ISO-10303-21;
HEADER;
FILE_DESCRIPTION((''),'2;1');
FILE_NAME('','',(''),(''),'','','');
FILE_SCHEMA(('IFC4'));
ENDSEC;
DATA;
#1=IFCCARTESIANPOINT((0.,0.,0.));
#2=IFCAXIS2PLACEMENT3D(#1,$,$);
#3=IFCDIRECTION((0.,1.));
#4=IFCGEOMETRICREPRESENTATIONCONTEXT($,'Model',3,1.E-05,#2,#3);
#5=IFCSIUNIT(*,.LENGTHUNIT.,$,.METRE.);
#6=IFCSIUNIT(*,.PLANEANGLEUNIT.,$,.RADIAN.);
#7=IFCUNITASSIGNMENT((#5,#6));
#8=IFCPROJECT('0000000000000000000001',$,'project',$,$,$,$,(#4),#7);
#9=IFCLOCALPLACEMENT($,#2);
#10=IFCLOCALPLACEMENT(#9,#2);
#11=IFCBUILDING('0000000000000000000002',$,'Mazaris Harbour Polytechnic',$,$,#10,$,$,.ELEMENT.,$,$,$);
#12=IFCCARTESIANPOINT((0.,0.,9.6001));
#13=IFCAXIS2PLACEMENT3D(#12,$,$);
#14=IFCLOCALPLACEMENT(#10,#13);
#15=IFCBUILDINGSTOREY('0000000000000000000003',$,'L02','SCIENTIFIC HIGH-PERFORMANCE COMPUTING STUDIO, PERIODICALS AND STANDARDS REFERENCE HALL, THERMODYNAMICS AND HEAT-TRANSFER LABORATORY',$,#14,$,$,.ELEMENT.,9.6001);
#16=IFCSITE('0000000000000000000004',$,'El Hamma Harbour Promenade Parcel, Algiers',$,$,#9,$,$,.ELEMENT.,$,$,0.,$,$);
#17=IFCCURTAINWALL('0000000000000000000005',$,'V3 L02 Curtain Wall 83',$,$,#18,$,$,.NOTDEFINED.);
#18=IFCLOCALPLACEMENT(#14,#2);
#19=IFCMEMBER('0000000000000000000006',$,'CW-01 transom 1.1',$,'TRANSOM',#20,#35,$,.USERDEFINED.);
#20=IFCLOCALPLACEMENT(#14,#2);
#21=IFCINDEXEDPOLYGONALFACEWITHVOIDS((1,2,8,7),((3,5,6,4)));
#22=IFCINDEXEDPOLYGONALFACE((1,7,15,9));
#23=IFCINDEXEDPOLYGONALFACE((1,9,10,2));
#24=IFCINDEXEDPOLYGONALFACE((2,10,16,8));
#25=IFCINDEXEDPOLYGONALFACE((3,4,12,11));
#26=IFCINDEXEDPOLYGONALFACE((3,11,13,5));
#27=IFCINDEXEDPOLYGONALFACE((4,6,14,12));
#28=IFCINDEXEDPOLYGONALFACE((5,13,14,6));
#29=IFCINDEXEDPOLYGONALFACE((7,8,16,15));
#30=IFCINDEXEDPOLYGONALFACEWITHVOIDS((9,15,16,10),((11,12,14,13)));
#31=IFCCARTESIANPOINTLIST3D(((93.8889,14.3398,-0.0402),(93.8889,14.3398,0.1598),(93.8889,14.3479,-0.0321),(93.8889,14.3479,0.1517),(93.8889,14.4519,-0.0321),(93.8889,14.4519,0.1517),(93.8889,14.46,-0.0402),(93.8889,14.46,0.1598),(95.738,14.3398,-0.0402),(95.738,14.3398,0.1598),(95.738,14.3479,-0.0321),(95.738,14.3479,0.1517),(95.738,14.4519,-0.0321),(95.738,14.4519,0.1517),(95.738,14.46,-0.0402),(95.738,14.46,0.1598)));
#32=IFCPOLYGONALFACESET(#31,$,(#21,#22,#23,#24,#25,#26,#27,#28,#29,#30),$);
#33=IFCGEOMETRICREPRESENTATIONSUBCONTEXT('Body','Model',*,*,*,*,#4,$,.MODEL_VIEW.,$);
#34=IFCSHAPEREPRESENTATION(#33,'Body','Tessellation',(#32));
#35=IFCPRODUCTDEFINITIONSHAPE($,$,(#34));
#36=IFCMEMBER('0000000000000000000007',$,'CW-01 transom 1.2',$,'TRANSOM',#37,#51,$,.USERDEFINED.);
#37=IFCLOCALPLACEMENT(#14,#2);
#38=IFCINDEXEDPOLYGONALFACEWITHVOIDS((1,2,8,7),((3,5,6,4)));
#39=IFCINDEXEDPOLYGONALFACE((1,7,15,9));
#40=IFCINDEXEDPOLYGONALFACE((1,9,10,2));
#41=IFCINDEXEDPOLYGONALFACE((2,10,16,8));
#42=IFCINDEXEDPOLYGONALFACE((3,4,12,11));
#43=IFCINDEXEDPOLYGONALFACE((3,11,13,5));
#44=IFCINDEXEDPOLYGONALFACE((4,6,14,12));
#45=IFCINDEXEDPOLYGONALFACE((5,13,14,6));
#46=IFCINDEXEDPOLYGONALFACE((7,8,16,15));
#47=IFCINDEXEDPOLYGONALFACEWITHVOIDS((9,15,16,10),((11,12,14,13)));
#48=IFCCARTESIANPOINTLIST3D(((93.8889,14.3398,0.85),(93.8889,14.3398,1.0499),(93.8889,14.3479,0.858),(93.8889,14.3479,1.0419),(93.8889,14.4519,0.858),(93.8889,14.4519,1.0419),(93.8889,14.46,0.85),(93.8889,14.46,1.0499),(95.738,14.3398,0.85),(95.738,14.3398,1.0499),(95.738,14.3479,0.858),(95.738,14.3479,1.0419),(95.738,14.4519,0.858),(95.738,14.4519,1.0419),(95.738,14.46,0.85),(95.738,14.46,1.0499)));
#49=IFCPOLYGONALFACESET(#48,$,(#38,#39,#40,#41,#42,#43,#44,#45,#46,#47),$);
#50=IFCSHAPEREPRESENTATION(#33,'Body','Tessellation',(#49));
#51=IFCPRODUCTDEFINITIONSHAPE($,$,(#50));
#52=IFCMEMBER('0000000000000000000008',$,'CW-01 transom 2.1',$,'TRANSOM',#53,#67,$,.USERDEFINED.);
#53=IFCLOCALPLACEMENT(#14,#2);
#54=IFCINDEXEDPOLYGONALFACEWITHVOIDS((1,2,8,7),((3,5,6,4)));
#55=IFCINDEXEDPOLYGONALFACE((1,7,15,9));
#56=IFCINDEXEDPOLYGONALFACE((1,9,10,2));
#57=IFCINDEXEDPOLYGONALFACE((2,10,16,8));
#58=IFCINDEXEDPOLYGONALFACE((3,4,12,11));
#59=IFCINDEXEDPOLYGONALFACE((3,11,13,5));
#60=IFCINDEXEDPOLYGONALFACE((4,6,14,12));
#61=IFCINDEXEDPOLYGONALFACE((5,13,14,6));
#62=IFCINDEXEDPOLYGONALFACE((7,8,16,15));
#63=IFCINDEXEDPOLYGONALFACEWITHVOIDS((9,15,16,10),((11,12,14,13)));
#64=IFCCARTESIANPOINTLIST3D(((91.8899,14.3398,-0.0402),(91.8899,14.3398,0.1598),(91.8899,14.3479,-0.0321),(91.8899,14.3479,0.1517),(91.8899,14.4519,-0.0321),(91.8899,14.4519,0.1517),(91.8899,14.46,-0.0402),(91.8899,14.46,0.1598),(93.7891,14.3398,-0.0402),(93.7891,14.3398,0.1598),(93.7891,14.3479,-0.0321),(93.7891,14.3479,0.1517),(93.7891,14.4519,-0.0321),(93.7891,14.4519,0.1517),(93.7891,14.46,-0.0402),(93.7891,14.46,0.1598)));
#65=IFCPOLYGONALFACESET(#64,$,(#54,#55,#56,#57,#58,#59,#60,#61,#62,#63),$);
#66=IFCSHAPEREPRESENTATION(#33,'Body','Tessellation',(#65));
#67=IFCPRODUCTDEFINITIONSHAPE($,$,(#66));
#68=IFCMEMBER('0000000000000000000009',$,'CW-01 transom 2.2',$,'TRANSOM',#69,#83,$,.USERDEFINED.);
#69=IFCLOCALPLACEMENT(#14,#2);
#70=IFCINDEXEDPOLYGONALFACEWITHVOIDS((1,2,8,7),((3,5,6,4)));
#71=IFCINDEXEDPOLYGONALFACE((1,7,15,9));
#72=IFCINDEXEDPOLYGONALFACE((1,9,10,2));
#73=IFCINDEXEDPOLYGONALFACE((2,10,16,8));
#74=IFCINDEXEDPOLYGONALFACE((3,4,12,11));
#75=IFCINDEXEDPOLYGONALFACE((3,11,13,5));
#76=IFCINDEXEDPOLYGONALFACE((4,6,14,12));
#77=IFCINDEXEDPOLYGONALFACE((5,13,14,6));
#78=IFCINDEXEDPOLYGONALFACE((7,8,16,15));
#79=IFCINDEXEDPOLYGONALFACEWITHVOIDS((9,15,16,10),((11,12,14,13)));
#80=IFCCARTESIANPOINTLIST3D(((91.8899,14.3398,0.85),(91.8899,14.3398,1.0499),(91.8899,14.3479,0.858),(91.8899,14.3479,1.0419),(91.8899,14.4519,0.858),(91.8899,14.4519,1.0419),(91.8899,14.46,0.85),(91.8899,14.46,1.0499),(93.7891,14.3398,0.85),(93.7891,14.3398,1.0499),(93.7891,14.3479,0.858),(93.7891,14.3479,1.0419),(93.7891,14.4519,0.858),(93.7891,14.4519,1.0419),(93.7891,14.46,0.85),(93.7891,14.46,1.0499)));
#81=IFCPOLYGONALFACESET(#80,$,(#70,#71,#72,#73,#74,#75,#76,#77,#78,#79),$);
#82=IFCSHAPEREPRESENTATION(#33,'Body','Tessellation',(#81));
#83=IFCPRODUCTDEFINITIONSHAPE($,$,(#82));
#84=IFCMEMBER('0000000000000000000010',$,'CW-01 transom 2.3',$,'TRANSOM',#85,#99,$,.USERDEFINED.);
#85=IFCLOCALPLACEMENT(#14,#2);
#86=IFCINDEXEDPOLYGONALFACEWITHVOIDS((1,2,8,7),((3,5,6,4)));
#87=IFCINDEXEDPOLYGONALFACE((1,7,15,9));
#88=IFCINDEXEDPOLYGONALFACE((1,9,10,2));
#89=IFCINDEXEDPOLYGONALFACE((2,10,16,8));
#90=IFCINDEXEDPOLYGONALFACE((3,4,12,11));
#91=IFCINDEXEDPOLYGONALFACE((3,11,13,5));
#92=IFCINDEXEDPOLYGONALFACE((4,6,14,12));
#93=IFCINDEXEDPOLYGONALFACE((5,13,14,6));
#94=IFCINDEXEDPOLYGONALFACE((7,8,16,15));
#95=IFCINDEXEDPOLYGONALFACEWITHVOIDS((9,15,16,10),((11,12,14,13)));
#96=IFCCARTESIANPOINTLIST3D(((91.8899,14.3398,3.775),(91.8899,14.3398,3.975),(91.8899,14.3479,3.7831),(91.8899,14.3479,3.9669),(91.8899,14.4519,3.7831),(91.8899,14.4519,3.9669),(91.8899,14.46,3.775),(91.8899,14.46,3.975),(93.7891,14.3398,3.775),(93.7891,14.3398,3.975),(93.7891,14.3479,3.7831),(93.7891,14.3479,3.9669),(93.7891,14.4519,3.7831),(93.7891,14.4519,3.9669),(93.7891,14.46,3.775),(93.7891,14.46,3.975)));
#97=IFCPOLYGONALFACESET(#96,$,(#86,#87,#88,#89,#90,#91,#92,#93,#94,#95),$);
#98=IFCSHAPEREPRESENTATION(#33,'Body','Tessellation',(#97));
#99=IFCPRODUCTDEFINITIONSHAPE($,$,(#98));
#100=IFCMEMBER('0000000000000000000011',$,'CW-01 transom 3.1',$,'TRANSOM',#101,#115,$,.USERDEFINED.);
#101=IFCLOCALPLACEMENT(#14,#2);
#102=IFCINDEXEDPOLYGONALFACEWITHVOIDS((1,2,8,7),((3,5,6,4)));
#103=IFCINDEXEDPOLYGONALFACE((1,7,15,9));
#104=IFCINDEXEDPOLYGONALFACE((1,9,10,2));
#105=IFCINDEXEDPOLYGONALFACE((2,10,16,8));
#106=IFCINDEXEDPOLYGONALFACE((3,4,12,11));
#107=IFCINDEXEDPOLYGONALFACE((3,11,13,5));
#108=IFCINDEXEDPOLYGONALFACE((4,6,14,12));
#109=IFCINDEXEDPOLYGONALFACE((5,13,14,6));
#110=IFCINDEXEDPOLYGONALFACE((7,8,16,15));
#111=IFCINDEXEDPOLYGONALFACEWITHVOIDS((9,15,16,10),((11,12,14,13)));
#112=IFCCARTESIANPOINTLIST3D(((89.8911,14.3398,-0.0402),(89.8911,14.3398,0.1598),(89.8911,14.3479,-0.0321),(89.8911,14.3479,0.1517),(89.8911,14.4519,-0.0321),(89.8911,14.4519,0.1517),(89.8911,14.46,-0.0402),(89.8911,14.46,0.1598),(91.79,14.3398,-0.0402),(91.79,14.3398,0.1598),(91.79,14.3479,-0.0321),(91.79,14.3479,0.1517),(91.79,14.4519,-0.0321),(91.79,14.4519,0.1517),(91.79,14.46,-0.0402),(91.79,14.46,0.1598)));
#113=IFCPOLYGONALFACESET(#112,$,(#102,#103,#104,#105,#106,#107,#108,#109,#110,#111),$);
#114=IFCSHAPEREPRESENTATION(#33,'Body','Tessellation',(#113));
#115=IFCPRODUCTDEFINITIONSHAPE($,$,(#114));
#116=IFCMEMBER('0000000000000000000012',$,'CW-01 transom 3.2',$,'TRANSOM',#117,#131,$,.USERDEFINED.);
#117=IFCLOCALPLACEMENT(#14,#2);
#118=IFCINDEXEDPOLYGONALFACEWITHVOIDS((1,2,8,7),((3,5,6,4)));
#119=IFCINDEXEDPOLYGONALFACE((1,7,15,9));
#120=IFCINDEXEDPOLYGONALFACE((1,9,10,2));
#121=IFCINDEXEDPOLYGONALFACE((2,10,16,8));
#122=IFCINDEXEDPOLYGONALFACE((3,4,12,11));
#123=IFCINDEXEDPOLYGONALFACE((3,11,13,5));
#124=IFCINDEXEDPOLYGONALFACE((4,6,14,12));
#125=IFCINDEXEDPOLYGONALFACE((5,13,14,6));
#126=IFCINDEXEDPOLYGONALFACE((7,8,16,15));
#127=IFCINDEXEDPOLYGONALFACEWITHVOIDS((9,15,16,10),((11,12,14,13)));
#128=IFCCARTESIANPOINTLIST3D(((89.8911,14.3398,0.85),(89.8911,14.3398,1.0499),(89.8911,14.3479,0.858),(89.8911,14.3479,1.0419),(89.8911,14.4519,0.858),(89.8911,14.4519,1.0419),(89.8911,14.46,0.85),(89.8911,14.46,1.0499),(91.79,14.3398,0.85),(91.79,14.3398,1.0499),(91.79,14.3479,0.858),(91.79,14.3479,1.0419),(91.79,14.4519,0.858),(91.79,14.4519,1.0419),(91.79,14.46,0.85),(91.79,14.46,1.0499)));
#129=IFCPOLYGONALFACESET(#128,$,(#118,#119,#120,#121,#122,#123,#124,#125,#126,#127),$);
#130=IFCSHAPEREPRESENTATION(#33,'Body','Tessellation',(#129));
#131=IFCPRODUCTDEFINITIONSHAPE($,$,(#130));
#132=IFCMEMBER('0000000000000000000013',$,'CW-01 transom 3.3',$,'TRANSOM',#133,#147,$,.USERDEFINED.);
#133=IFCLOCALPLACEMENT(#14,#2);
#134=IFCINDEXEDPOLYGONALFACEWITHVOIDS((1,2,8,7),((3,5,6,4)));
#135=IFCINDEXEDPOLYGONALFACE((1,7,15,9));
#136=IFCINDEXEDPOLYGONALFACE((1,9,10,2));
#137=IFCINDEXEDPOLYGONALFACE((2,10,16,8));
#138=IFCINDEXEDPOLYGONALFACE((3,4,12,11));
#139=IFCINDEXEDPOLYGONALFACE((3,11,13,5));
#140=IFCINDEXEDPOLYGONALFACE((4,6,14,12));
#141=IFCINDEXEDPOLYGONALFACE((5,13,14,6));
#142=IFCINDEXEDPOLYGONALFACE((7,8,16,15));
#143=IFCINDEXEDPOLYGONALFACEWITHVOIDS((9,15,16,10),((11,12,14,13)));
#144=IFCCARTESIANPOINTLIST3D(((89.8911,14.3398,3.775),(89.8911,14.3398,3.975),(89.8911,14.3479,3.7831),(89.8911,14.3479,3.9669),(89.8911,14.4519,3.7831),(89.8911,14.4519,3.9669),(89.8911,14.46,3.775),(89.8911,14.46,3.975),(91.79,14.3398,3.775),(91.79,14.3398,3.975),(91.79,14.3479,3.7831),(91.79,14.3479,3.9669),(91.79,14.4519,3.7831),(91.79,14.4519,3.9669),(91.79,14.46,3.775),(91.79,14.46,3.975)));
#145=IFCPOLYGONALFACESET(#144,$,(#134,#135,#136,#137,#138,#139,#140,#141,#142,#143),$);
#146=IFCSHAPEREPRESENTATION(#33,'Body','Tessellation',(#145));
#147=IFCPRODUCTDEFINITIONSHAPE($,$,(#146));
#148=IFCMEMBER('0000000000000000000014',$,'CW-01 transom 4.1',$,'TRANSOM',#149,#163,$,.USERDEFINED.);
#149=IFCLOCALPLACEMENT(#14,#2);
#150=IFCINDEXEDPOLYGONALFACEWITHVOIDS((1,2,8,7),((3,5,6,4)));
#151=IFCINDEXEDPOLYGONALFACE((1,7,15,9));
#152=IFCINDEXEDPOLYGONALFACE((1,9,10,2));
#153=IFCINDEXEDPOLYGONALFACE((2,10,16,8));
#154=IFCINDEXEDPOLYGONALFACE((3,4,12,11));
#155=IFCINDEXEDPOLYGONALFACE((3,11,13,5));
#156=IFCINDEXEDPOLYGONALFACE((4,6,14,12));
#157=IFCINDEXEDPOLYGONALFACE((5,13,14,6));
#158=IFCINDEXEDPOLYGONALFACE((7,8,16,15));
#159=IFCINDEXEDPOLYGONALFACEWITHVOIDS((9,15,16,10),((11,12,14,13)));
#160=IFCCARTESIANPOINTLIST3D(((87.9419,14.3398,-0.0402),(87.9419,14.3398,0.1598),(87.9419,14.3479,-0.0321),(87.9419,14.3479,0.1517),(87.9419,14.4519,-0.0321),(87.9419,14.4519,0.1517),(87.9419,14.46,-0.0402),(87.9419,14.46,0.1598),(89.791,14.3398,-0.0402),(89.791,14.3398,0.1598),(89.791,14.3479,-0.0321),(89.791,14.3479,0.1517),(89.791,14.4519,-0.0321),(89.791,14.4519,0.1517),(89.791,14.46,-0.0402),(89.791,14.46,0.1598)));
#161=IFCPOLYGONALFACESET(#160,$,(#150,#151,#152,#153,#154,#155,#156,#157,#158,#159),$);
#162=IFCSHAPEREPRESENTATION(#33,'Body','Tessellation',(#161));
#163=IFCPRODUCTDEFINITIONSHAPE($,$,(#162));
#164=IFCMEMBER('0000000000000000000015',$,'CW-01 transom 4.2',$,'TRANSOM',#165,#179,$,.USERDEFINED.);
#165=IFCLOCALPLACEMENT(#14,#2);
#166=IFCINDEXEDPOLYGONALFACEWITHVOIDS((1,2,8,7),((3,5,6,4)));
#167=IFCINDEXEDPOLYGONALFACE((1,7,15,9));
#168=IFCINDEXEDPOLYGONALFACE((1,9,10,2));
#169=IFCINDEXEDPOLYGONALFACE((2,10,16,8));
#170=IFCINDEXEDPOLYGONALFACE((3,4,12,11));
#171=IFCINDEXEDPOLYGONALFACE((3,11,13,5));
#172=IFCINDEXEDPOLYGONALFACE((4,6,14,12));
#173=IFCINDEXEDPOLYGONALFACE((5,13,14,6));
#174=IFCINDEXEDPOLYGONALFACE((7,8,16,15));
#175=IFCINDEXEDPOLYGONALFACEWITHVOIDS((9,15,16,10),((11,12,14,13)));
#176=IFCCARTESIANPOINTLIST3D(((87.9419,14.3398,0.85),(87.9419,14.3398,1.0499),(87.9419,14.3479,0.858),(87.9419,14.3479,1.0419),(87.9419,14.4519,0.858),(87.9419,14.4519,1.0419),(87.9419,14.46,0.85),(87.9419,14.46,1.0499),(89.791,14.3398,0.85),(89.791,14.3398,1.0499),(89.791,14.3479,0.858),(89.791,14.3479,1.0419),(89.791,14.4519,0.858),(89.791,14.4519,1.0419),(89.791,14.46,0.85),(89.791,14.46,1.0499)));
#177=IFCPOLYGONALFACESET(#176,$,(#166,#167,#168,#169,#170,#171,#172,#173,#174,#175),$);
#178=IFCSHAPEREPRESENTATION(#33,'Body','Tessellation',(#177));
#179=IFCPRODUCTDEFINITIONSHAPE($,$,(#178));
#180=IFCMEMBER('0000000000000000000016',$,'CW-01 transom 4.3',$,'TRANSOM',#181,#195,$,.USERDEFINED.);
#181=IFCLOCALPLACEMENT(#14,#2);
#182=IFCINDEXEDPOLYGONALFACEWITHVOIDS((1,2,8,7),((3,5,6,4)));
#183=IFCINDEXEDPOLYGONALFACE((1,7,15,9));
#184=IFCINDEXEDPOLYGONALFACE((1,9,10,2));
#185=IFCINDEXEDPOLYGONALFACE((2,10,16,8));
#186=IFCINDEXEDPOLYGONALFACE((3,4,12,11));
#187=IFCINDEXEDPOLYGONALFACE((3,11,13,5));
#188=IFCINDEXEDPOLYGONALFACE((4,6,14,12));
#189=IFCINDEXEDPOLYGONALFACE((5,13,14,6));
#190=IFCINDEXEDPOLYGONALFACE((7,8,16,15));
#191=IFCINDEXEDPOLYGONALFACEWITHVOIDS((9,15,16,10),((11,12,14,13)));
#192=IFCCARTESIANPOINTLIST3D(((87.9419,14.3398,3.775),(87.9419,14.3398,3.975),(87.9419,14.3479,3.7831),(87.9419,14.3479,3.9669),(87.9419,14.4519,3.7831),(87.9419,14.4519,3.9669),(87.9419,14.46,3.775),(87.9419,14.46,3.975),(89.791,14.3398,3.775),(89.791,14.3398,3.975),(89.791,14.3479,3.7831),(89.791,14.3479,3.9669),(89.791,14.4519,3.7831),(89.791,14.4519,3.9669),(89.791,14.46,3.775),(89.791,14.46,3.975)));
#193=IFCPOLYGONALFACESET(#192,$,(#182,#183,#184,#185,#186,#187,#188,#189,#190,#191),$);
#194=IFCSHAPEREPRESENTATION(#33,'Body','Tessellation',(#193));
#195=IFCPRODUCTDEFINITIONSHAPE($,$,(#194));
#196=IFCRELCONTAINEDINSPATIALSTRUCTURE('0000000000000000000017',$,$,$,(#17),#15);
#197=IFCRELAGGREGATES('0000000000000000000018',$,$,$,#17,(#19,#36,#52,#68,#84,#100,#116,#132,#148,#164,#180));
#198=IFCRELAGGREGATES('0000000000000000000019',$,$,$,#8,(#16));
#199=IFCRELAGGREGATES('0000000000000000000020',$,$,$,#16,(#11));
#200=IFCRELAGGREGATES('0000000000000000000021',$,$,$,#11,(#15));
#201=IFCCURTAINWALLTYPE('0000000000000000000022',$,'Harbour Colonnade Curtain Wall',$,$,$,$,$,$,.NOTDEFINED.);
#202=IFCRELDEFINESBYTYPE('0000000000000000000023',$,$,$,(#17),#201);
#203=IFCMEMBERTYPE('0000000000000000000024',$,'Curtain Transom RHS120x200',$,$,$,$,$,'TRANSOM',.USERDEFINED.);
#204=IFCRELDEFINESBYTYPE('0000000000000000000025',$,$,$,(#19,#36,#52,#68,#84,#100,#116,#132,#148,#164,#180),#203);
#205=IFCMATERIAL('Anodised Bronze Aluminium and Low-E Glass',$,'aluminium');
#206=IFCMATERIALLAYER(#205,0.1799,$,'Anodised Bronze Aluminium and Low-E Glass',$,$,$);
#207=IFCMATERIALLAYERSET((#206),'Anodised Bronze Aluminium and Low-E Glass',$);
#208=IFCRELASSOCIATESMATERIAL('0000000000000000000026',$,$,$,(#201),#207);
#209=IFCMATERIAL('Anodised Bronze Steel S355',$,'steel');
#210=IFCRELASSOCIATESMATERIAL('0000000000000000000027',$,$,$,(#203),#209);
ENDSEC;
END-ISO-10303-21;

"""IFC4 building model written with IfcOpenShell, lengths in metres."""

from ifc_helpers import new_model, si_unit, direction, frame, origin, origin_2d, place, context, subcontext, project, spatial, hollow_rectangle, extrude, material, layer, layer_set, material_profile, profile_set, type_object, element, aggregate, save


model = new_model("IFC4")

# Units and contexts
model_context = context("Model", 3, precision=1e-05, world=origin(), true_north=direction((0.0, 1.0)))
body_context = subcontext(model_context, "Body", "Model", "MODEL_VIEW")
ifc_project = project(units=[si_unit("LENGTHUNIT", "METRE"), si_unit("PLANEANGLEUNIT", "RADIAN")], contexts=[model_context])

# Site, building, storey
site_placement = place(None, origin())
site = spatial("IfcSite", under=ifc_project, at=site_placement, Name="El Hamma Harbour Promenade Parcel, Algiers", CompositionType="ELEMENT", RefElevation=0.0)
building_placement = place(site_placement, origin())
building = spatial("IfcBuilding", under=site, at=building_placement, Name="Mazaris Harbour Polytechnic", CompositionType="ELEMENT")
storey_placement = place(building_placement, frame((0.0, 0.0, 9.6001)))
storey = spatial("IfcBuildingStorey", under=building, at=storey_placement, Name="L02", Description="SCIENTIFIC HIGH-PERFORMANCE COMPUTING STUDIO, PERIODICALS AND STANDARDS REFERENCE HALL, THERMODYNAMICS AND HEAT-TRANSFER LABORATORY", CompositionType="ELEMENT", Elevation=9.6001)

# Curtain wall
ifc_material_1 = material(Name="Anodised Bronze Aluminium and Low-E Glass", Category="aluminium")
ifc_layer_1 = layer(ifc_material_1, 0.1799, Name="Anodised Bronze Aluminium and Low-E Glass")
ifc_layer_set_1 = layer_set([ifc_layer_1], Name="Anodised Bronze Aluminium and Low-E Glass")
curtain_wall_type = type_object("IfcCurtainWallType", Name="Harbour Colonnade Curtain Wall", PredefinedType="NOTDEFINED", material=ifc_layer_set_1)
curtain_wall_1_placement = place(storey_placement, origin())
curtain_wall_1 = element("IfcCurtainWall", 1, at=curtain_wall_1_placement, inside=storey, type_object=curtain_wall_type, Name="V3 L02 Curtain Wall 83", PredefinedType="NOTDEFINED")

# Members
ifc_material_2 = material(Name="Anodised Bronze Steel S355", Category="steel")
ifc_material_profile_1 = material_profile(ifc_material_2, hollow_rectangle(XDim=0.1201, YDim=0.2, WallThickness=0.0081, at=origin_2d()), Name="RHS 120x200x8.0")
ifc_profile_set_1 = profile_set([ifc_material_profile_1], Name="Anodised Bronze Steel S355")
member_type_1 = type_object("IfcMemberType", Name="Curtain Transom RHS120x200", ElementType="TRANSOM", PredefinedType="USERDEFINED", material=ifc_profile_set_1)
member_1_placement = place(storey_placement, frame((95.738, 14.3999, 0.0598), z_axis=(-1.0, 0.0, 0.0), x_axis=(0.0, -1.0, 0.0)))
member_1 = element("IfcMember", 2, at=member_1_placement, type_object=member_type_1, Name="CW-01 transom 1.1", ObjectType="TRANSOM", PredefinedType="USERDEFINED", context=body_context, shape_type="SweptSolid", body=[
    extrude(hollow_rectangle(XDim=0.1201, YDim=0.2, WallThickness=0.0081, at=origin_2d()), origin(), (0.0, 0.0, 1.0), 1.8491),
])
member_2_placement = place(storey_placement, frame((95.738, 14.3999, 0.95), z_axis=(-1.0, 0.0, 0.0), x_axis=(0.0, -1.0, 0.0)))
member_2 = element("IfcMember", 3, at=member_2_placement, type_object=member_type_1, Name="CW-01 transom 1.2", ObjectType="TRANSOM", PredefinedType="USERDEFINED", context=body_context, shape_type="SweptSolid", body=[
    extrude(hollow_rectangle(XDim=0.1201, YDim=0.2, WallThickness=0.0081, at=origin_2d()), origin(), (0.0, 0.0, 1.0), 1.8491),
])
member_3_placement = place(storey_placement, frame((93.7891, 14.3999, 0.0598), z_axis=(-1.0, 0.0, 0.0), x_axis=(0.0, -1.0, 0.0)))
member_3 = element("IfcMember", 4, at=member_3_placement, type_object=member_type_1, Name="CW-01 transom 2.1", ObjectType="TRANSOM", PredefinedType="USERDEFINED", context=body_context, shape_type="SweptSolid", body=[
    extrude(hollow_rectangle(XDim=0.1201, YDim=0.2, WallThickness=0.0081, at=origin_2d()), origin(), (0.0, 0.0, 1.0), 1.8992),
])
member_4_placement = place(storey_placement, frame((93.7891, 14.3999, 0.95), z_axis=(-1.0, 0.0, 0.0), x_axis=(0.0, -1.0, 0.0)))
member_4 = element("IfcMember", 5, at=member_4_placement, type_object=member_type_1, Name="CW-01 transom 2.2", ObjectType="TRANSOM", PredefinedType="USERDEFINED", context=body_context, shape_type="SweptSolid", body=[
    extrude(hollow_rectangle(XDim=0.1201, YDim=0.2, WallThickness=0.0081, at=origin_2d()), origin(), (0.0, 0.0, 1.0), 1.8992),
])
member_5_placement = place(storey_placement, frame((93.7891, 14.3999, 3.875), z_axis=(-1.0, 0.0, 0.0), x_axis=(0.0, -1.0, 0.0)))
member_5 = element("IfcMember", 6, at=member_5_placement, type_object=member_type_1, Name="CW-01 transom 2.3", ObjectType="TRANSOM", PredefinedType="USERDEFINED", context=body_context, shape_type="SweptSolid", body=[
    extrude(hollow_rectangle(XDim=0.1201, YDim=0.2, WallThickness=0.0081, at=origin_2d()), origin(), (0.0, 0.0, 1.0), 1.8992),
])
member_6_placement = place(storey_placement, frame((91.79, 14.3999, 0.0598), z_axis=(-1.0, 0.0, 0.0), x_axis=(0.0, -1.0, 0.0)))
member_6 = element("IfcMember", 7, at=member_6_placement, type_object=member_type_1, Name="CW-01 transom 3.1", ObjectType="TRANSOM", PredefinedType="USERDEFINED", context=body_context, shape_type="SweptSolid", body=[
    extrude(hollow_rectangle(XDim=0.1201, YDim=0.2, WallThickness=0.0081, at=origin_2d()), origin(), (0.0, 0.0, 1.0), 1.8989),
])
member_7_placement = place(storey_placement, frame((91.79, 14.3999, 0.95), z_axis=(-1.0, 0.0, 0.0), x_axis=(0.0, -1.0, 0.0)))
member_7 = element("IfcMember", 8, at=member_7_placement, type_object=member_type_1, Name="CW-01 transom 3.2", ObjectType="TRANSOM", PredefinedType="USERDEFINED", context=body_context, shape_type="SweptSolid", body=[
    extrude(hollow_rectangle(XDim=0.1201, YDim=0.2, WallThickness=0.0081, at=origin_2d()), origin(), (0.0, 0.0, 1.0), 1.8989),
])
member_8_placement = place(storey_placement, frame((91.79, 14.3999, 3.875), z_axis=(-1.0, 0.0, 0.0), x_axis=(0.0, -1.0, 0.0)))
member_8 = element("IfcMember", 9, at=member_8_placement, type_object=member_type_1, Name="CW-01 transom 3.3", ObjectType="TRANSOM", PredefinedType="USERDEFINED", context=body_context, shape_type="SweptSolid", body=[
    extrude(hollow_rectangle(XDim=0.1201, YDim=0.2, WallThickness=0.0081, at=origin_2d()), origin(), (0.0, 0.0, 1.0), 1.8989),
])
member_9_placement = place(storey_placement, frame((89.791, 14.3999, 0.0598), z_axis=(-1.0, 0.0, 0.0), x_axis=(0.0, -1.0, 0.0)))
member_9 = element("IfcMember", 10, at=member_9_placement, type_object=member_type_1, Name="CW-01 transom 4.1", ObjectType="TRANSOM", PredefinedType="USERDEFINED", context=body_context, shape_type="SweptSolid", body=[
    extrude(hollow_rectangle(XDim=0.1201, YDim=0.2, WallThickness=0.0081, at=origin_2d()), origin(), (0.0, 0.0, 1.0), 1.8491),
])
member_10_placement = place(storey_placement, frame((89.791, 14.3999, 0.95), z_axis=(-1.0, 0.0, 0.0), x_axis=(0.0, -1.0, 0.0)))
member_10 = element("IfcMember", 11, at=member_10_placement, type_object=member_type_1, Name="CW-01 transom 4.2", ObjectType="TRANSOM", PredefinedType="USERDEFINED", context=body_context, shape_type="SweptSolid", body=[
    extrude(hollow_rectangle(XDim=0.1201, YDim=0.2, WallThickness=0.0081, at=origin_2d()), origin(), (0.0, 0.0, 1.0), 1.8491),
])
member_11_placement = place(storey_placement, frame((89.791, 14.3999, 3.875), z_axis=(-1.0, 0.0, 0.0), x_axis=(0.0, -1.0, 0.0)))
member_11 = element("IfcMember", 12, at=member_11_placement, type_object=member_type_1, Name="CW-01 transom 4.3", ObjectType="TRANSOM", PredefinedType="USERDEFINED", context=body_context, shape_type="SweptSolid", body=[
    extrude(hollow_rectangle(XDim=0.1201, YDim=0.2, WallThickness=0.0081, at=origin_2d()), origin(), (0.0, 0.0, 1.0), 1.8491),
])

aggregate(curtain_wall_1, [member_1, member_2, member_3, member_4, member_5, member_6, member_7, member_8, member_9, member_10, member_11])

save(model, "model.ifc")
